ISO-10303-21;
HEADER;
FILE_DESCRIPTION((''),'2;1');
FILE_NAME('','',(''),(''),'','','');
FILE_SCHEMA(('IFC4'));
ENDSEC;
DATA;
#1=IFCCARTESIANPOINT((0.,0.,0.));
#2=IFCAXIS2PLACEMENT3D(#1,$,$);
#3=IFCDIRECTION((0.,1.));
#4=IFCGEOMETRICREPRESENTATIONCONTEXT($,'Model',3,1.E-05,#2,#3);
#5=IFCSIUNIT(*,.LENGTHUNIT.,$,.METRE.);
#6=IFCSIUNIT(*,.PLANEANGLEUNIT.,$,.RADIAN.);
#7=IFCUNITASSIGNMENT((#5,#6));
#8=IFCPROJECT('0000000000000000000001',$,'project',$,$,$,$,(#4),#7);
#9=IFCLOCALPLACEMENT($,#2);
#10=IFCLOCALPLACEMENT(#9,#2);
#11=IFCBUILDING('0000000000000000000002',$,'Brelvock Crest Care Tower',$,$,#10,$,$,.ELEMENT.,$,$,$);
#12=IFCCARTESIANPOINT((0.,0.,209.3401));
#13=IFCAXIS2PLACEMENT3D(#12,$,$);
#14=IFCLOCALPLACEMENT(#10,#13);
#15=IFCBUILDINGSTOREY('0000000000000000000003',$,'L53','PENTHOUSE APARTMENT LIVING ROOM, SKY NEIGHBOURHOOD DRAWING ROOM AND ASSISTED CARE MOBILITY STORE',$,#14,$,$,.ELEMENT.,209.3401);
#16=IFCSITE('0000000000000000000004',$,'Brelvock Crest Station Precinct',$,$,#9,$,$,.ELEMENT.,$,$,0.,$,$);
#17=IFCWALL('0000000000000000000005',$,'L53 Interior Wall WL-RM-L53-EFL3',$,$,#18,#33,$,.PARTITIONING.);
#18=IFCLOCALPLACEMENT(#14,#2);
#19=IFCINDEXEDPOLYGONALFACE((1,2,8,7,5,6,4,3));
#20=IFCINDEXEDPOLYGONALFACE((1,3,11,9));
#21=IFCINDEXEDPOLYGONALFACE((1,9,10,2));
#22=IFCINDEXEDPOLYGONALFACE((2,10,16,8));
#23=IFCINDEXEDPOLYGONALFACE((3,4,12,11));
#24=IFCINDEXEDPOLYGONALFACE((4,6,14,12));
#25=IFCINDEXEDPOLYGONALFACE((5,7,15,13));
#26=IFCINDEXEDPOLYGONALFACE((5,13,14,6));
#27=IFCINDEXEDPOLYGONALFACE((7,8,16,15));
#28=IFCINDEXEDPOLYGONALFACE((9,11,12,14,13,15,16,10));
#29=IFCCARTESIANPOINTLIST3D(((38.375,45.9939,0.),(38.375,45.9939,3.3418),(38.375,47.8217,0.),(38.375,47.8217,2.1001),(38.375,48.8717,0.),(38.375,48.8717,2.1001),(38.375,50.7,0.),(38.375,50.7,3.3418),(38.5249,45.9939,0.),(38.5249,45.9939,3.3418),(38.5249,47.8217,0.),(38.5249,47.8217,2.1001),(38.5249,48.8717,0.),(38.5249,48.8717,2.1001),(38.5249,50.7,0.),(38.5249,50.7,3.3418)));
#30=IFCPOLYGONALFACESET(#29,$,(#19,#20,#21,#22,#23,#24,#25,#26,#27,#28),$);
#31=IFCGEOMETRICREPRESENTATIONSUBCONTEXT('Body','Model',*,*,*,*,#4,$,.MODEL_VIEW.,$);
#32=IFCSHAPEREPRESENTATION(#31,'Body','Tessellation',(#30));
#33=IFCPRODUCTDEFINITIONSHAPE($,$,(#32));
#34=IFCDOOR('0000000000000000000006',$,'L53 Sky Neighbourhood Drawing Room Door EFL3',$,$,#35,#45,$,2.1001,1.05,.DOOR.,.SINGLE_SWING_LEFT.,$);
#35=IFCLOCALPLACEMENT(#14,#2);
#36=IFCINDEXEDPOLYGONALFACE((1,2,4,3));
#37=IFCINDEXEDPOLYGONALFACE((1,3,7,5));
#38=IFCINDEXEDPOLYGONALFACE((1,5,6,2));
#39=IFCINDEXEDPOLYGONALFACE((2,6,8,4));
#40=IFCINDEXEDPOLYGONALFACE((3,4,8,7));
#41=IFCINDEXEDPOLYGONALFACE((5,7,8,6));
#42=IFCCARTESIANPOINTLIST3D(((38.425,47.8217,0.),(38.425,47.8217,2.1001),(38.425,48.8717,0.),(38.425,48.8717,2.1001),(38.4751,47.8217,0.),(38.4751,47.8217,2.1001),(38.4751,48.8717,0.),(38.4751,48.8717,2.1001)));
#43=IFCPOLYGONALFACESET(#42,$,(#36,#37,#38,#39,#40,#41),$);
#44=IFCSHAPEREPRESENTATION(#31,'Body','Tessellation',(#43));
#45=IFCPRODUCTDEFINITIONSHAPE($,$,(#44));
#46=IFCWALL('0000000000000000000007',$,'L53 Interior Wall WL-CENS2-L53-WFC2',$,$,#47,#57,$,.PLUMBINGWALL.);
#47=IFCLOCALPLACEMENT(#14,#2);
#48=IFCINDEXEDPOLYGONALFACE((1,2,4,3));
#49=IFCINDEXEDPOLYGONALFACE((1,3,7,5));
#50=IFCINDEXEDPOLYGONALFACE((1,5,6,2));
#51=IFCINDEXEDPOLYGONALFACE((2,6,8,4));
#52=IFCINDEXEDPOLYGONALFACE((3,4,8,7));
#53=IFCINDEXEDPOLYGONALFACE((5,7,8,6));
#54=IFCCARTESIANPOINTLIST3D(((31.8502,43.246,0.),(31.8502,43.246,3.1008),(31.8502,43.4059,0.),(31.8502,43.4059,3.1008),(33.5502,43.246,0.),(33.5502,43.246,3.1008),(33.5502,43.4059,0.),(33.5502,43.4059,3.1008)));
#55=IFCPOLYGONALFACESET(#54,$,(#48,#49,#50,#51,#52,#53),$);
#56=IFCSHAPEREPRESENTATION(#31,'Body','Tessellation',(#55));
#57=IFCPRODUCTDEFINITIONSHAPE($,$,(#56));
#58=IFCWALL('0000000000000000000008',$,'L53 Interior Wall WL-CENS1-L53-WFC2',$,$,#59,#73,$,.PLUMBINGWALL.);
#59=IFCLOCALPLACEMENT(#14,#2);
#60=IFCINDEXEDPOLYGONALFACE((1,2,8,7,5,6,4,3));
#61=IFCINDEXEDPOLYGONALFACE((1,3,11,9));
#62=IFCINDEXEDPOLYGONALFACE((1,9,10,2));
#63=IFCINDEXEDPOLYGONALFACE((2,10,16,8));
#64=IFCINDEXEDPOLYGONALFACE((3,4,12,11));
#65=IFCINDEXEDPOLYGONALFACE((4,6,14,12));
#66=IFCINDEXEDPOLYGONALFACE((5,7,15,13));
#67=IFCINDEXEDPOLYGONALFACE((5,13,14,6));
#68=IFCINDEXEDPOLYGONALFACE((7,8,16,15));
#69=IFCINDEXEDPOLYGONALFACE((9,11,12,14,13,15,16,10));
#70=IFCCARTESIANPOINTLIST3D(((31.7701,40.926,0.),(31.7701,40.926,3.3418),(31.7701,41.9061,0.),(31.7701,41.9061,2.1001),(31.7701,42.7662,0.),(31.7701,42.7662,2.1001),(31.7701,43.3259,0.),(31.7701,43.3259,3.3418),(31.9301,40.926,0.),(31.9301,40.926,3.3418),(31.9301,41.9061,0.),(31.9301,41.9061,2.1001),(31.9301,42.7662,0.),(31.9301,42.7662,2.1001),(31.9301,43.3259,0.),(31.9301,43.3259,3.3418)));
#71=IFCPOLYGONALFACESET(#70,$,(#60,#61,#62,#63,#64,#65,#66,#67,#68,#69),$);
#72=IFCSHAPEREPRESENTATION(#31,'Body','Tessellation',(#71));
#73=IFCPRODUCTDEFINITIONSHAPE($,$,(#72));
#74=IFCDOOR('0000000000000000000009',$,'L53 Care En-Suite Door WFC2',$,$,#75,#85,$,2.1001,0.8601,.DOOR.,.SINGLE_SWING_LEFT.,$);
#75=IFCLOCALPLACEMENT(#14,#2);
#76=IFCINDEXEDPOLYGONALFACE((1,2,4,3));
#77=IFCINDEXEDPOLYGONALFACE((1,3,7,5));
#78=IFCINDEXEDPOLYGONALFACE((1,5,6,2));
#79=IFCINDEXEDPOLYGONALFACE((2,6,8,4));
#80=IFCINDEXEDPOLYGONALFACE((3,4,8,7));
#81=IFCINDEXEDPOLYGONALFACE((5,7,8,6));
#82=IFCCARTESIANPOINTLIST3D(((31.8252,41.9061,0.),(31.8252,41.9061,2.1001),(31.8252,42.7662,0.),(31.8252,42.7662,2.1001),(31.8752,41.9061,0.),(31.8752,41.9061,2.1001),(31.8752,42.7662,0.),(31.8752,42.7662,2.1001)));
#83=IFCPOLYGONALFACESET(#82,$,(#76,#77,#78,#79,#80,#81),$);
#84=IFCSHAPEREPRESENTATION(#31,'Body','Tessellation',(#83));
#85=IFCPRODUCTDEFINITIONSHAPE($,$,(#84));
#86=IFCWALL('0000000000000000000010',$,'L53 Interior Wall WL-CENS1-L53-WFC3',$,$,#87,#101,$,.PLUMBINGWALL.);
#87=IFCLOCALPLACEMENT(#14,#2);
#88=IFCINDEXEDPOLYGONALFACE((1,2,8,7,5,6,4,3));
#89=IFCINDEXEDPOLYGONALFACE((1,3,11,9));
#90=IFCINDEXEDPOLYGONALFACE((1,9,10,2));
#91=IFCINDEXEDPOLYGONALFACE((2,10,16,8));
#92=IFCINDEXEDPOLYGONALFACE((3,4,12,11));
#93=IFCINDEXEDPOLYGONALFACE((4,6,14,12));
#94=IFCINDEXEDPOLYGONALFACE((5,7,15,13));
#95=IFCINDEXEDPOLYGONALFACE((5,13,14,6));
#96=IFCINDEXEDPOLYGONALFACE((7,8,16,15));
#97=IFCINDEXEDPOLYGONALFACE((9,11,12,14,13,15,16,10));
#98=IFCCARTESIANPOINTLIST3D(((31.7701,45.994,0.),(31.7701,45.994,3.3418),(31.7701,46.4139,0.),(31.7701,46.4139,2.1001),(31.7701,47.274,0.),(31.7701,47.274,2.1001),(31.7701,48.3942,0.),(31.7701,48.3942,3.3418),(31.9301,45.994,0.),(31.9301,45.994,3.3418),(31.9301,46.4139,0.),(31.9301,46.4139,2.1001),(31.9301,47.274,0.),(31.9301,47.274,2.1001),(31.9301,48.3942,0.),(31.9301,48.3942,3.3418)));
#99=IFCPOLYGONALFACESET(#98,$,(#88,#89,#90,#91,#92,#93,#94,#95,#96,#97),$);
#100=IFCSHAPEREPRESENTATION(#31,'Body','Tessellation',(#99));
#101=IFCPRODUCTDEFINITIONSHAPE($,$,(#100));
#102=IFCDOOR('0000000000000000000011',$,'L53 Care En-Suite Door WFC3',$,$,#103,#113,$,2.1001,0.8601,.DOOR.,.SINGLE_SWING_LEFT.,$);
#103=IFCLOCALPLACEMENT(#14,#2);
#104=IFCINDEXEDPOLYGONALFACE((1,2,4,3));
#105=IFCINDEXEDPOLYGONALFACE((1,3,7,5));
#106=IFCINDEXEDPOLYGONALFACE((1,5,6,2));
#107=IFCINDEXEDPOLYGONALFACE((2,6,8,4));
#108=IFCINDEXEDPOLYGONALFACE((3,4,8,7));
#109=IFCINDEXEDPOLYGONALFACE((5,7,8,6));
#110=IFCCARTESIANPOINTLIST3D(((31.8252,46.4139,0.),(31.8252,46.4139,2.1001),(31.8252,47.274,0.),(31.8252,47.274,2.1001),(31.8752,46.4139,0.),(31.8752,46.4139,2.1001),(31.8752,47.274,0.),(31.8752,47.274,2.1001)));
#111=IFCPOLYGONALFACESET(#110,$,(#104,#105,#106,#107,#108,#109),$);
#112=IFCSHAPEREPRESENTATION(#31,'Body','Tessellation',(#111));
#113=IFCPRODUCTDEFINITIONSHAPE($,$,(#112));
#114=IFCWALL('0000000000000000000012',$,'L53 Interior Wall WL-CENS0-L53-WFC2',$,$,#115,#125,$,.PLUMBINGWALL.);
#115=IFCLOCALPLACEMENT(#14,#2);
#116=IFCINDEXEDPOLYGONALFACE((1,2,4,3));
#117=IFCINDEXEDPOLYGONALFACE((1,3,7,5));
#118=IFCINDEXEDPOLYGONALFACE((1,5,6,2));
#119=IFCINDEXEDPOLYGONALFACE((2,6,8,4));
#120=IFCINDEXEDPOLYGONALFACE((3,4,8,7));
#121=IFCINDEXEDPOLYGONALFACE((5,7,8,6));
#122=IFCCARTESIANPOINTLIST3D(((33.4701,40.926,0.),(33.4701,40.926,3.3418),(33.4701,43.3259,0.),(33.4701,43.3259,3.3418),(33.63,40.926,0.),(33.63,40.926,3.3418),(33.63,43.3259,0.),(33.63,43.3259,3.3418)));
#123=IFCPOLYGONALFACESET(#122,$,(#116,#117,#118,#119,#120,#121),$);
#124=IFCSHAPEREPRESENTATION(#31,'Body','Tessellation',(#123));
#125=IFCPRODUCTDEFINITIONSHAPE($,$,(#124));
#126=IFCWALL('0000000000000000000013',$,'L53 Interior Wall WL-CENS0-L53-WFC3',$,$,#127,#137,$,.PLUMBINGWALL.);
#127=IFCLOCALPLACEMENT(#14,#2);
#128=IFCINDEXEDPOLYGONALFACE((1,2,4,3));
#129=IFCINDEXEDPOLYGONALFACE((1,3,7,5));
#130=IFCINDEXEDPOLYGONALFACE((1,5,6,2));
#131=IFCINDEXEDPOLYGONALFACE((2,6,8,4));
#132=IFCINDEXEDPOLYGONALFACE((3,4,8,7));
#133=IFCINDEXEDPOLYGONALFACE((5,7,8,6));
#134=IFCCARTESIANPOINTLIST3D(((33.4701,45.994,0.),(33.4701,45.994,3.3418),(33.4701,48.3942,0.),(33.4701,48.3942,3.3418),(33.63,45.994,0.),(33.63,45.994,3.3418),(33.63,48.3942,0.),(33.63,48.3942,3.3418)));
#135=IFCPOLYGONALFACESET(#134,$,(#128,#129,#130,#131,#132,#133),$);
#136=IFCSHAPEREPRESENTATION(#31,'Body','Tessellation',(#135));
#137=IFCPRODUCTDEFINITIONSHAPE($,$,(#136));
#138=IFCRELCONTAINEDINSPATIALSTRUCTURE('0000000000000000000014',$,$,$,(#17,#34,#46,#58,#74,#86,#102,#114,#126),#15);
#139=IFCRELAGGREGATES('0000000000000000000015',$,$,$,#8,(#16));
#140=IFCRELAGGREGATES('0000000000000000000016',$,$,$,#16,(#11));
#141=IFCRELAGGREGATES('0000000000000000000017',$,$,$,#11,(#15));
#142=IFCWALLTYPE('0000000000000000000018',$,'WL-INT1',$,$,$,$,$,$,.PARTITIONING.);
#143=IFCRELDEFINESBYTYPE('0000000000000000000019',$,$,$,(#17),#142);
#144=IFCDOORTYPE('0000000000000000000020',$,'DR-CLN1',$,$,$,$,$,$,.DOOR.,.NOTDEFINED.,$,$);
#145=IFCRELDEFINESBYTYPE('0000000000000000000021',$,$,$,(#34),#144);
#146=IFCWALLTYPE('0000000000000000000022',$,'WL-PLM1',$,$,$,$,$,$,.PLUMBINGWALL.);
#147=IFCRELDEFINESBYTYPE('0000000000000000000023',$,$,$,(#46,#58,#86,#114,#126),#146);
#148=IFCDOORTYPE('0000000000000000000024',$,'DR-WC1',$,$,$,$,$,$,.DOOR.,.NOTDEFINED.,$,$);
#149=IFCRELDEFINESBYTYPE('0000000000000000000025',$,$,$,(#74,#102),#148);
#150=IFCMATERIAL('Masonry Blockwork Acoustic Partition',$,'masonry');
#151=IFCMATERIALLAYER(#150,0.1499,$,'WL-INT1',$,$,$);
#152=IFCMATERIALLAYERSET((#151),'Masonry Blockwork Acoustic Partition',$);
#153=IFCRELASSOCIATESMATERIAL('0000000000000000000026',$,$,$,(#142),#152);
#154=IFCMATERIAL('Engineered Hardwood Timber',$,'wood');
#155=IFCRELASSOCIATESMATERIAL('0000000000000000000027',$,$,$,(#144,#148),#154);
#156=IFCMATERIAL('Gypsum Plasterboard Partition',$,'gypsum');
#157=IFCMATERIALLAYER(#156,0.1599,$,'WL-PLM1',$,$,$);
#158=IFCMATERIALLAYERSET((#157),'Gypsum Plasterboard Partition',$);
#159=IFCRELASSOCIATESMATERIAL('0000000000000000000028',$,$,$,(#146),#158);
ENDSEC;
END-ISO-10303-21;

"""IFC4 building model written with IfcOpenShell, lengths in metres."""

from ifc_helpers import new_model, si_unit, direction, frame, frame_2d, origin, origin_2d, place, context, subcontext, project, spatial, rectangle, extrude, source, transform, mapped, material, layer, layer_set, type_object, element, fill, save


model = new_model("IFC4")

# Units and contexts
model_context = context("Model", 3, precision=1e-05, world=origin(), true_north=direction((0.0, 1.0)))
body_context = subcontext(model_context, "Body", "Model", "MODEL_VIEW")
ifc_project = project(units=[si_unit("LENGTHUNIT", "METRE"), si_unit("PLANEANGLEUNIT", "RADIAN")], contexts=[model_context])

# Site, building, storey
site_placement = place(None, origin())
site = spatial("IfcSite", under=ifc_project, at=site_placement, Name="Brelvock Crest Station Precinct", CompositionType="ELEMENT", RefElevation=0.0)
building_placement = place(site_placement, origin())
building = spatial("IfcBuilding", under=site, at=building_placement, Name="Brelvock Crest Care Tower", CompositionType="ELEMENT")
storey_placement = place(building_placement, frame((0.0, 0.0, 209.3401)))
storey = spatial("IfcBuildingStorey", under=building, at=storey_placement, Name="L53", Description="PENTHOUSE APARTMENT LIVING ROOM, SKY NEIGHBOURHOOD DRAWING ROOM AND ASSISTED CARE MOBILITY STORE", CompositionType="ELEMENT", Elevation=209.3401)

# Shared definitions
ifc_material_1 = material(Name="Masonry Blockwork Acoustic Partition", Category="masonry")
ifc_layer_1 = layer(ifc_material_1, 0.1499, Name="WL-INT1")
ifc_layer_set_1 = layer_set([ifc_layer_1], Name="Masonry Blockwork Acoustic Partition")
wall_type_1 = type_object("IfcWallType", Name="WL-INT1", PredefinedType="PARTITIONING", material=ifc_layer_set_1)

# Shared definitions
ifc_material_2 = material(Name="Engineered Hardwood Timber", Category="wood")

# Wall, opening, door
door_type_1 = type_object("IfcDoorType", Name="DR-CLN1", OperationType="NOTDEFINED", PredefinedType="DOOR", material=ifc_material_2)
shared_shape_1 = source(origin(), body_context, "Body", "SweptSolid", [
    extrude(rectangle(XDim=1.05, YDim=2.1001, at=origin_2d()), frame((0.5249, 0.0249, 1.05), z_axis=(0.0, -1.0, 0.0), x_axis=(1.0, 0.0, 0.0)), (0.0, 0.0, 1.0), 0.05),
])
wall_1_placement = place(storey_placement, frame((38.45, 45.9939, 0.0), z_axis=(0.0, 0.0, 1.0), x_axis=(0.0, 1.0, 0.0)))
wall_1 = element("IfcWall", 1, at=wall_1_placement, inside=storey, type_object=wall_type_1, Name="L53 Interior Wall WL-RM-L53-EFL3", PredefinedType="PARTITIONING", context=body_context, shape_type="SweptSolid", body=[
    extrude(rectangle(XDim=4.7061, YDim=0.1499, at=frame_2d((2.353, 0.0))), origin(), (0.0, 0.0, 1.0), 3.3418),
])
opening_1_placement = place(wall_1_placement, frame((1.8279, 0.0, 0.0)))
opening_1 = element("IfcOpeningElement", 2, at=opening_1_placement, cuts=wall_1, PredefinedType="OPENING", context=body_context, shape_type="SweptSolid", body=[
    extrude(rectangle(XDim=1.05, YDim=2.1001, at=origin_2d()), frame((0.5249, 0.085, 1.05), z_axis=(0.0, -1.0, 0.0), x_axis=(1.0, 0.0, 0.0)), (0.0, 0.0, 1.0), 0.1699),
])
door_1_placement = place(opening_1_placement, origin())
door_1 = element("IfcDoor", 3, at=door_1_placement, inside=storey, type_object=door_type_1, Name="L53 Sky Neighbourhood Drawing Room Door EFL3", OperationType="SINGLE_SWING_LEFT", OverallHeight=2.1001, OverallWidth=1.05, PredefinedType="DOOR", context=body_context, shape_type="MappedRepresentation", body=[
    mapped(shared_shape_1, transform((0.0, 0.0, 0.0), x_axis=(1.0, 0.0, 0.0), y_axis=(0.0, 1.0, 0.0), z_axis=(0.0, 0.0, 1.0), scale=1.0)),
])
fill(opening_1, door_1)

# Wall
ifc_material_3 = material(Name="Gypsum Plasterboard Partition", Category="gypsum")
ifc_layer_2 = layer(ifc_material_3, 0.1599, Name="WL-PLM1")
ifc_layer_set_2 = layer_set([ifc_layer_2], Name="Gypsum Plasterboard Partition")
wall_type_2 = type_object("IfcWallType", Name="WL-PLM1", PredefinedType="PLUMBINGWALL", material=ifc_layer_set_2)
wall_2_placement = place(storey_placement, frame((31.8501, 43.3259, 0.0), z_axis=(0.0, 0.0, 1.0), x_axis=(1.0, 0.0, 0.0)))
element("IfcWall", 4, at=wall_2_placement, inside=storey, type_object=wall_type_2, Name="L53 Interior Wall WL-CENS2-L53-WFC2", PredefinedType="PLUMBINGWALL", context=body_context, shape_type="SweptSolid", body=[
    extrude(rectangle(XDim=1.7, YDim=0.1599, at=frame_2d((0.8501, 0.0))), origin(), (0.0, 0.0, 1.0), 3.1008),
])

# Walls, openings, doors
wall_3_placement = place(storey_placement, frame((31.8501, 40.926, 0.0), z_axis=(0.0, 0.0, 1.0), x_axis=(0.0, 1.0, 0.0)))
wall_3 = element("IfcWall", 5, at=wall_3_placement, inside=storey, type_object=wall_type_2, Name="L53 Interior Wall WL-CENS1-L53-WFC2", PredefinedType="PLUMBINGWALL", context=body_context, shape_type="SweptSolid", body=[
    extrude(rectangle(XDim=2.3999, YDim=0.1599, at=frame_2d((1.2, 0.0))), origin(), (0.0, 0.0, 1.0), 3.3418),
])
opening_2_placement = place(wall_3_placement, frame((0.98, 0.0, 0.0)))
opening_2 = element("IfcOpeningElement", 6, at=opening_2_placement, cuts=wall_3, PredefinedType="OPENING", context=body_context, shape_type="SweptSolid", body=[
    extrude(rectangle(XDim=0.8601, YDim=2.1001, at=origin_2d()), frame((0.4302, 0.0898, 1.05), z_axis=(0.0, -1.0, 0.0), x_axis=(1.0, 0.0, 0.0)), (0.0, 0.0, 1.0), 0.1799),
])
door_type_2 = type_object("IfcDoorType", Name="DR-WC1", OperationType="NOTDEFINED", PredefinedType="DOOR", material=ifc_material_2)
shared_shape_2 = source(origin(), body_context, "Body", "SweptSolid", [
    extrude(rectangle(XDim=0.8601, YDim=2.1001, at=origin_2d()), frame((0.4302, 0.0249, 1.05), z_axis=(0.0, -1.0, 0.0), x_axis=(1.0, 0.0, 0.0)), (0.0, 0.0, 1.0), 0.05),
])
door_2_placement = place(opening_2_placement, origin())
door_2 = element("IfcDoor", 7, at=door_2_placement, inside=storey, type_object=door_type_2, Name="L53 Care En-Suite Door WFC2", OperationType="SINGLE_SWING_LEFT", OverallHeight=2.1001, OverallWidth=0.8601, PredefinedType="DOOR", context=body_context, shape_type="MappedRepresentation", body=[
    mapped(shared_shape_2, transform((0.0, 0.0, 0.0), x_axis=(1.0, 0.0, 0.0), y_axis=(0.0, 1.0, 0.0), z_axis=(0.0, 0.0, 1.0), scale=1.0)),
])
fill(opening_2, door_2)
wall_4_placement = place(storey_placement, frame((31.8501, 45.9939, 0.0), z_axis=(0.0, 0.0, 1.0), x_axis=(0.0, 1.0, 0.0)))
wall_4 = element("IfcWall", 8, at=wall_4_placement, inside=storey, type_object=wall_type_2, Name="L53 Interior Wall WL-CENS1-L53-WFC3", PredefinedType="PLUMBINGWALL", context=body_context, shape_type="SweptSolid", body=[
    extrude(rectangle(XDim=2.4001, YDim=0.1599, at=frame_2d((1.2002, 0.0))), origin(), (0.0, 0.0, 1.0), 3.3418),
])
opening_3_placement = place(wall_4_placement, frame((0.4199, 0.0, 0.0)))
opening_3 = element("IfcOpeningElement", 9, at=opening_3_placement, cuts=wall_4, PredefinedType="OPENING", context=body_context, shape_type="SweptSolid", body=[
    extrude(rectangle(XDim=0.8601, YDim=2.1001, at=origin_2d()), frame((0.4302, 0.0898, 1.05), z_axis=(0.0, -1.0, 0.0), x_axis=(1.0, 0.0, 0.0)), (0.0, 0.0, 1.0), 0.1799),
])
door_3_placement = place(opening_3_placement, origin())
door_3 = element("IfcDoor", 10, at=door_3_placement, inside=storey, type_object=door_type_2, Name="L53 Care En-Suite Door WFC3", OperationType="SINGLE_SWING_LEFT", OverallHeight=2.1001, OverallWidth=0.8601, PredefinedType="DOOR", context=body_context, shape_type="MappedRepresentation", body=[
    mapped(shared_shape_2, transform((0.0, 0.0, 0.0), x_axis=(1.0, 0.0, 0.0), y_axis=(0.0, 1.0, 0.0), z_axis=(0.0, 0.0, 1.0), scale=1.0)),
])
fill(opening_3, door_3)

# Walls
wall_5_placement = place(storey_placement, frame((33.55, 40.926, 0.0), z_axis=(0.0, 0.0, 1.0), x_axis=(0.0, 1.0, 0.0)))
element("IfcWall", 11, at=wall_5_placement, inside=storey, type_object=wall_type_2, Name="L53 Interior Wall WL-CENS0-L53-WFC2", PredefinedType="PLUMBINGWALL", context=body_context, shape_type="SweptSolid", body=[
    extrude(rectangle(XDim=2.3999, YDim=0.1599, at=frame_2d((1.2, 0.0))), origin(), (0.0, 0.0, 1.0), 3.3418),
])
wall_6_placement = place(storey_placement, frame((33.55, 45.9939, 0.0), z_axis=(0.0, 0.0, 1.0), x_axis=(0.0, 1.0, 0.0)))
element("IfcWall", 12, at=wall_6_placement, inside=storey, type_object=wall_type_2, Name="L53 Interior Wall WL-CENS0-L53-WFC3", PredefinedType="PLUMBINGWALL", context=body_context, shape_type="SweptSolid", body=[
    extrude(rectangle(XDim=2.4001, YDim=0.1599, at=frame_2d((1.2002, 0.0))), origin(), (0.0, 0.0, 1.0), 3.3418),
])

save(model, "model.ifc")
